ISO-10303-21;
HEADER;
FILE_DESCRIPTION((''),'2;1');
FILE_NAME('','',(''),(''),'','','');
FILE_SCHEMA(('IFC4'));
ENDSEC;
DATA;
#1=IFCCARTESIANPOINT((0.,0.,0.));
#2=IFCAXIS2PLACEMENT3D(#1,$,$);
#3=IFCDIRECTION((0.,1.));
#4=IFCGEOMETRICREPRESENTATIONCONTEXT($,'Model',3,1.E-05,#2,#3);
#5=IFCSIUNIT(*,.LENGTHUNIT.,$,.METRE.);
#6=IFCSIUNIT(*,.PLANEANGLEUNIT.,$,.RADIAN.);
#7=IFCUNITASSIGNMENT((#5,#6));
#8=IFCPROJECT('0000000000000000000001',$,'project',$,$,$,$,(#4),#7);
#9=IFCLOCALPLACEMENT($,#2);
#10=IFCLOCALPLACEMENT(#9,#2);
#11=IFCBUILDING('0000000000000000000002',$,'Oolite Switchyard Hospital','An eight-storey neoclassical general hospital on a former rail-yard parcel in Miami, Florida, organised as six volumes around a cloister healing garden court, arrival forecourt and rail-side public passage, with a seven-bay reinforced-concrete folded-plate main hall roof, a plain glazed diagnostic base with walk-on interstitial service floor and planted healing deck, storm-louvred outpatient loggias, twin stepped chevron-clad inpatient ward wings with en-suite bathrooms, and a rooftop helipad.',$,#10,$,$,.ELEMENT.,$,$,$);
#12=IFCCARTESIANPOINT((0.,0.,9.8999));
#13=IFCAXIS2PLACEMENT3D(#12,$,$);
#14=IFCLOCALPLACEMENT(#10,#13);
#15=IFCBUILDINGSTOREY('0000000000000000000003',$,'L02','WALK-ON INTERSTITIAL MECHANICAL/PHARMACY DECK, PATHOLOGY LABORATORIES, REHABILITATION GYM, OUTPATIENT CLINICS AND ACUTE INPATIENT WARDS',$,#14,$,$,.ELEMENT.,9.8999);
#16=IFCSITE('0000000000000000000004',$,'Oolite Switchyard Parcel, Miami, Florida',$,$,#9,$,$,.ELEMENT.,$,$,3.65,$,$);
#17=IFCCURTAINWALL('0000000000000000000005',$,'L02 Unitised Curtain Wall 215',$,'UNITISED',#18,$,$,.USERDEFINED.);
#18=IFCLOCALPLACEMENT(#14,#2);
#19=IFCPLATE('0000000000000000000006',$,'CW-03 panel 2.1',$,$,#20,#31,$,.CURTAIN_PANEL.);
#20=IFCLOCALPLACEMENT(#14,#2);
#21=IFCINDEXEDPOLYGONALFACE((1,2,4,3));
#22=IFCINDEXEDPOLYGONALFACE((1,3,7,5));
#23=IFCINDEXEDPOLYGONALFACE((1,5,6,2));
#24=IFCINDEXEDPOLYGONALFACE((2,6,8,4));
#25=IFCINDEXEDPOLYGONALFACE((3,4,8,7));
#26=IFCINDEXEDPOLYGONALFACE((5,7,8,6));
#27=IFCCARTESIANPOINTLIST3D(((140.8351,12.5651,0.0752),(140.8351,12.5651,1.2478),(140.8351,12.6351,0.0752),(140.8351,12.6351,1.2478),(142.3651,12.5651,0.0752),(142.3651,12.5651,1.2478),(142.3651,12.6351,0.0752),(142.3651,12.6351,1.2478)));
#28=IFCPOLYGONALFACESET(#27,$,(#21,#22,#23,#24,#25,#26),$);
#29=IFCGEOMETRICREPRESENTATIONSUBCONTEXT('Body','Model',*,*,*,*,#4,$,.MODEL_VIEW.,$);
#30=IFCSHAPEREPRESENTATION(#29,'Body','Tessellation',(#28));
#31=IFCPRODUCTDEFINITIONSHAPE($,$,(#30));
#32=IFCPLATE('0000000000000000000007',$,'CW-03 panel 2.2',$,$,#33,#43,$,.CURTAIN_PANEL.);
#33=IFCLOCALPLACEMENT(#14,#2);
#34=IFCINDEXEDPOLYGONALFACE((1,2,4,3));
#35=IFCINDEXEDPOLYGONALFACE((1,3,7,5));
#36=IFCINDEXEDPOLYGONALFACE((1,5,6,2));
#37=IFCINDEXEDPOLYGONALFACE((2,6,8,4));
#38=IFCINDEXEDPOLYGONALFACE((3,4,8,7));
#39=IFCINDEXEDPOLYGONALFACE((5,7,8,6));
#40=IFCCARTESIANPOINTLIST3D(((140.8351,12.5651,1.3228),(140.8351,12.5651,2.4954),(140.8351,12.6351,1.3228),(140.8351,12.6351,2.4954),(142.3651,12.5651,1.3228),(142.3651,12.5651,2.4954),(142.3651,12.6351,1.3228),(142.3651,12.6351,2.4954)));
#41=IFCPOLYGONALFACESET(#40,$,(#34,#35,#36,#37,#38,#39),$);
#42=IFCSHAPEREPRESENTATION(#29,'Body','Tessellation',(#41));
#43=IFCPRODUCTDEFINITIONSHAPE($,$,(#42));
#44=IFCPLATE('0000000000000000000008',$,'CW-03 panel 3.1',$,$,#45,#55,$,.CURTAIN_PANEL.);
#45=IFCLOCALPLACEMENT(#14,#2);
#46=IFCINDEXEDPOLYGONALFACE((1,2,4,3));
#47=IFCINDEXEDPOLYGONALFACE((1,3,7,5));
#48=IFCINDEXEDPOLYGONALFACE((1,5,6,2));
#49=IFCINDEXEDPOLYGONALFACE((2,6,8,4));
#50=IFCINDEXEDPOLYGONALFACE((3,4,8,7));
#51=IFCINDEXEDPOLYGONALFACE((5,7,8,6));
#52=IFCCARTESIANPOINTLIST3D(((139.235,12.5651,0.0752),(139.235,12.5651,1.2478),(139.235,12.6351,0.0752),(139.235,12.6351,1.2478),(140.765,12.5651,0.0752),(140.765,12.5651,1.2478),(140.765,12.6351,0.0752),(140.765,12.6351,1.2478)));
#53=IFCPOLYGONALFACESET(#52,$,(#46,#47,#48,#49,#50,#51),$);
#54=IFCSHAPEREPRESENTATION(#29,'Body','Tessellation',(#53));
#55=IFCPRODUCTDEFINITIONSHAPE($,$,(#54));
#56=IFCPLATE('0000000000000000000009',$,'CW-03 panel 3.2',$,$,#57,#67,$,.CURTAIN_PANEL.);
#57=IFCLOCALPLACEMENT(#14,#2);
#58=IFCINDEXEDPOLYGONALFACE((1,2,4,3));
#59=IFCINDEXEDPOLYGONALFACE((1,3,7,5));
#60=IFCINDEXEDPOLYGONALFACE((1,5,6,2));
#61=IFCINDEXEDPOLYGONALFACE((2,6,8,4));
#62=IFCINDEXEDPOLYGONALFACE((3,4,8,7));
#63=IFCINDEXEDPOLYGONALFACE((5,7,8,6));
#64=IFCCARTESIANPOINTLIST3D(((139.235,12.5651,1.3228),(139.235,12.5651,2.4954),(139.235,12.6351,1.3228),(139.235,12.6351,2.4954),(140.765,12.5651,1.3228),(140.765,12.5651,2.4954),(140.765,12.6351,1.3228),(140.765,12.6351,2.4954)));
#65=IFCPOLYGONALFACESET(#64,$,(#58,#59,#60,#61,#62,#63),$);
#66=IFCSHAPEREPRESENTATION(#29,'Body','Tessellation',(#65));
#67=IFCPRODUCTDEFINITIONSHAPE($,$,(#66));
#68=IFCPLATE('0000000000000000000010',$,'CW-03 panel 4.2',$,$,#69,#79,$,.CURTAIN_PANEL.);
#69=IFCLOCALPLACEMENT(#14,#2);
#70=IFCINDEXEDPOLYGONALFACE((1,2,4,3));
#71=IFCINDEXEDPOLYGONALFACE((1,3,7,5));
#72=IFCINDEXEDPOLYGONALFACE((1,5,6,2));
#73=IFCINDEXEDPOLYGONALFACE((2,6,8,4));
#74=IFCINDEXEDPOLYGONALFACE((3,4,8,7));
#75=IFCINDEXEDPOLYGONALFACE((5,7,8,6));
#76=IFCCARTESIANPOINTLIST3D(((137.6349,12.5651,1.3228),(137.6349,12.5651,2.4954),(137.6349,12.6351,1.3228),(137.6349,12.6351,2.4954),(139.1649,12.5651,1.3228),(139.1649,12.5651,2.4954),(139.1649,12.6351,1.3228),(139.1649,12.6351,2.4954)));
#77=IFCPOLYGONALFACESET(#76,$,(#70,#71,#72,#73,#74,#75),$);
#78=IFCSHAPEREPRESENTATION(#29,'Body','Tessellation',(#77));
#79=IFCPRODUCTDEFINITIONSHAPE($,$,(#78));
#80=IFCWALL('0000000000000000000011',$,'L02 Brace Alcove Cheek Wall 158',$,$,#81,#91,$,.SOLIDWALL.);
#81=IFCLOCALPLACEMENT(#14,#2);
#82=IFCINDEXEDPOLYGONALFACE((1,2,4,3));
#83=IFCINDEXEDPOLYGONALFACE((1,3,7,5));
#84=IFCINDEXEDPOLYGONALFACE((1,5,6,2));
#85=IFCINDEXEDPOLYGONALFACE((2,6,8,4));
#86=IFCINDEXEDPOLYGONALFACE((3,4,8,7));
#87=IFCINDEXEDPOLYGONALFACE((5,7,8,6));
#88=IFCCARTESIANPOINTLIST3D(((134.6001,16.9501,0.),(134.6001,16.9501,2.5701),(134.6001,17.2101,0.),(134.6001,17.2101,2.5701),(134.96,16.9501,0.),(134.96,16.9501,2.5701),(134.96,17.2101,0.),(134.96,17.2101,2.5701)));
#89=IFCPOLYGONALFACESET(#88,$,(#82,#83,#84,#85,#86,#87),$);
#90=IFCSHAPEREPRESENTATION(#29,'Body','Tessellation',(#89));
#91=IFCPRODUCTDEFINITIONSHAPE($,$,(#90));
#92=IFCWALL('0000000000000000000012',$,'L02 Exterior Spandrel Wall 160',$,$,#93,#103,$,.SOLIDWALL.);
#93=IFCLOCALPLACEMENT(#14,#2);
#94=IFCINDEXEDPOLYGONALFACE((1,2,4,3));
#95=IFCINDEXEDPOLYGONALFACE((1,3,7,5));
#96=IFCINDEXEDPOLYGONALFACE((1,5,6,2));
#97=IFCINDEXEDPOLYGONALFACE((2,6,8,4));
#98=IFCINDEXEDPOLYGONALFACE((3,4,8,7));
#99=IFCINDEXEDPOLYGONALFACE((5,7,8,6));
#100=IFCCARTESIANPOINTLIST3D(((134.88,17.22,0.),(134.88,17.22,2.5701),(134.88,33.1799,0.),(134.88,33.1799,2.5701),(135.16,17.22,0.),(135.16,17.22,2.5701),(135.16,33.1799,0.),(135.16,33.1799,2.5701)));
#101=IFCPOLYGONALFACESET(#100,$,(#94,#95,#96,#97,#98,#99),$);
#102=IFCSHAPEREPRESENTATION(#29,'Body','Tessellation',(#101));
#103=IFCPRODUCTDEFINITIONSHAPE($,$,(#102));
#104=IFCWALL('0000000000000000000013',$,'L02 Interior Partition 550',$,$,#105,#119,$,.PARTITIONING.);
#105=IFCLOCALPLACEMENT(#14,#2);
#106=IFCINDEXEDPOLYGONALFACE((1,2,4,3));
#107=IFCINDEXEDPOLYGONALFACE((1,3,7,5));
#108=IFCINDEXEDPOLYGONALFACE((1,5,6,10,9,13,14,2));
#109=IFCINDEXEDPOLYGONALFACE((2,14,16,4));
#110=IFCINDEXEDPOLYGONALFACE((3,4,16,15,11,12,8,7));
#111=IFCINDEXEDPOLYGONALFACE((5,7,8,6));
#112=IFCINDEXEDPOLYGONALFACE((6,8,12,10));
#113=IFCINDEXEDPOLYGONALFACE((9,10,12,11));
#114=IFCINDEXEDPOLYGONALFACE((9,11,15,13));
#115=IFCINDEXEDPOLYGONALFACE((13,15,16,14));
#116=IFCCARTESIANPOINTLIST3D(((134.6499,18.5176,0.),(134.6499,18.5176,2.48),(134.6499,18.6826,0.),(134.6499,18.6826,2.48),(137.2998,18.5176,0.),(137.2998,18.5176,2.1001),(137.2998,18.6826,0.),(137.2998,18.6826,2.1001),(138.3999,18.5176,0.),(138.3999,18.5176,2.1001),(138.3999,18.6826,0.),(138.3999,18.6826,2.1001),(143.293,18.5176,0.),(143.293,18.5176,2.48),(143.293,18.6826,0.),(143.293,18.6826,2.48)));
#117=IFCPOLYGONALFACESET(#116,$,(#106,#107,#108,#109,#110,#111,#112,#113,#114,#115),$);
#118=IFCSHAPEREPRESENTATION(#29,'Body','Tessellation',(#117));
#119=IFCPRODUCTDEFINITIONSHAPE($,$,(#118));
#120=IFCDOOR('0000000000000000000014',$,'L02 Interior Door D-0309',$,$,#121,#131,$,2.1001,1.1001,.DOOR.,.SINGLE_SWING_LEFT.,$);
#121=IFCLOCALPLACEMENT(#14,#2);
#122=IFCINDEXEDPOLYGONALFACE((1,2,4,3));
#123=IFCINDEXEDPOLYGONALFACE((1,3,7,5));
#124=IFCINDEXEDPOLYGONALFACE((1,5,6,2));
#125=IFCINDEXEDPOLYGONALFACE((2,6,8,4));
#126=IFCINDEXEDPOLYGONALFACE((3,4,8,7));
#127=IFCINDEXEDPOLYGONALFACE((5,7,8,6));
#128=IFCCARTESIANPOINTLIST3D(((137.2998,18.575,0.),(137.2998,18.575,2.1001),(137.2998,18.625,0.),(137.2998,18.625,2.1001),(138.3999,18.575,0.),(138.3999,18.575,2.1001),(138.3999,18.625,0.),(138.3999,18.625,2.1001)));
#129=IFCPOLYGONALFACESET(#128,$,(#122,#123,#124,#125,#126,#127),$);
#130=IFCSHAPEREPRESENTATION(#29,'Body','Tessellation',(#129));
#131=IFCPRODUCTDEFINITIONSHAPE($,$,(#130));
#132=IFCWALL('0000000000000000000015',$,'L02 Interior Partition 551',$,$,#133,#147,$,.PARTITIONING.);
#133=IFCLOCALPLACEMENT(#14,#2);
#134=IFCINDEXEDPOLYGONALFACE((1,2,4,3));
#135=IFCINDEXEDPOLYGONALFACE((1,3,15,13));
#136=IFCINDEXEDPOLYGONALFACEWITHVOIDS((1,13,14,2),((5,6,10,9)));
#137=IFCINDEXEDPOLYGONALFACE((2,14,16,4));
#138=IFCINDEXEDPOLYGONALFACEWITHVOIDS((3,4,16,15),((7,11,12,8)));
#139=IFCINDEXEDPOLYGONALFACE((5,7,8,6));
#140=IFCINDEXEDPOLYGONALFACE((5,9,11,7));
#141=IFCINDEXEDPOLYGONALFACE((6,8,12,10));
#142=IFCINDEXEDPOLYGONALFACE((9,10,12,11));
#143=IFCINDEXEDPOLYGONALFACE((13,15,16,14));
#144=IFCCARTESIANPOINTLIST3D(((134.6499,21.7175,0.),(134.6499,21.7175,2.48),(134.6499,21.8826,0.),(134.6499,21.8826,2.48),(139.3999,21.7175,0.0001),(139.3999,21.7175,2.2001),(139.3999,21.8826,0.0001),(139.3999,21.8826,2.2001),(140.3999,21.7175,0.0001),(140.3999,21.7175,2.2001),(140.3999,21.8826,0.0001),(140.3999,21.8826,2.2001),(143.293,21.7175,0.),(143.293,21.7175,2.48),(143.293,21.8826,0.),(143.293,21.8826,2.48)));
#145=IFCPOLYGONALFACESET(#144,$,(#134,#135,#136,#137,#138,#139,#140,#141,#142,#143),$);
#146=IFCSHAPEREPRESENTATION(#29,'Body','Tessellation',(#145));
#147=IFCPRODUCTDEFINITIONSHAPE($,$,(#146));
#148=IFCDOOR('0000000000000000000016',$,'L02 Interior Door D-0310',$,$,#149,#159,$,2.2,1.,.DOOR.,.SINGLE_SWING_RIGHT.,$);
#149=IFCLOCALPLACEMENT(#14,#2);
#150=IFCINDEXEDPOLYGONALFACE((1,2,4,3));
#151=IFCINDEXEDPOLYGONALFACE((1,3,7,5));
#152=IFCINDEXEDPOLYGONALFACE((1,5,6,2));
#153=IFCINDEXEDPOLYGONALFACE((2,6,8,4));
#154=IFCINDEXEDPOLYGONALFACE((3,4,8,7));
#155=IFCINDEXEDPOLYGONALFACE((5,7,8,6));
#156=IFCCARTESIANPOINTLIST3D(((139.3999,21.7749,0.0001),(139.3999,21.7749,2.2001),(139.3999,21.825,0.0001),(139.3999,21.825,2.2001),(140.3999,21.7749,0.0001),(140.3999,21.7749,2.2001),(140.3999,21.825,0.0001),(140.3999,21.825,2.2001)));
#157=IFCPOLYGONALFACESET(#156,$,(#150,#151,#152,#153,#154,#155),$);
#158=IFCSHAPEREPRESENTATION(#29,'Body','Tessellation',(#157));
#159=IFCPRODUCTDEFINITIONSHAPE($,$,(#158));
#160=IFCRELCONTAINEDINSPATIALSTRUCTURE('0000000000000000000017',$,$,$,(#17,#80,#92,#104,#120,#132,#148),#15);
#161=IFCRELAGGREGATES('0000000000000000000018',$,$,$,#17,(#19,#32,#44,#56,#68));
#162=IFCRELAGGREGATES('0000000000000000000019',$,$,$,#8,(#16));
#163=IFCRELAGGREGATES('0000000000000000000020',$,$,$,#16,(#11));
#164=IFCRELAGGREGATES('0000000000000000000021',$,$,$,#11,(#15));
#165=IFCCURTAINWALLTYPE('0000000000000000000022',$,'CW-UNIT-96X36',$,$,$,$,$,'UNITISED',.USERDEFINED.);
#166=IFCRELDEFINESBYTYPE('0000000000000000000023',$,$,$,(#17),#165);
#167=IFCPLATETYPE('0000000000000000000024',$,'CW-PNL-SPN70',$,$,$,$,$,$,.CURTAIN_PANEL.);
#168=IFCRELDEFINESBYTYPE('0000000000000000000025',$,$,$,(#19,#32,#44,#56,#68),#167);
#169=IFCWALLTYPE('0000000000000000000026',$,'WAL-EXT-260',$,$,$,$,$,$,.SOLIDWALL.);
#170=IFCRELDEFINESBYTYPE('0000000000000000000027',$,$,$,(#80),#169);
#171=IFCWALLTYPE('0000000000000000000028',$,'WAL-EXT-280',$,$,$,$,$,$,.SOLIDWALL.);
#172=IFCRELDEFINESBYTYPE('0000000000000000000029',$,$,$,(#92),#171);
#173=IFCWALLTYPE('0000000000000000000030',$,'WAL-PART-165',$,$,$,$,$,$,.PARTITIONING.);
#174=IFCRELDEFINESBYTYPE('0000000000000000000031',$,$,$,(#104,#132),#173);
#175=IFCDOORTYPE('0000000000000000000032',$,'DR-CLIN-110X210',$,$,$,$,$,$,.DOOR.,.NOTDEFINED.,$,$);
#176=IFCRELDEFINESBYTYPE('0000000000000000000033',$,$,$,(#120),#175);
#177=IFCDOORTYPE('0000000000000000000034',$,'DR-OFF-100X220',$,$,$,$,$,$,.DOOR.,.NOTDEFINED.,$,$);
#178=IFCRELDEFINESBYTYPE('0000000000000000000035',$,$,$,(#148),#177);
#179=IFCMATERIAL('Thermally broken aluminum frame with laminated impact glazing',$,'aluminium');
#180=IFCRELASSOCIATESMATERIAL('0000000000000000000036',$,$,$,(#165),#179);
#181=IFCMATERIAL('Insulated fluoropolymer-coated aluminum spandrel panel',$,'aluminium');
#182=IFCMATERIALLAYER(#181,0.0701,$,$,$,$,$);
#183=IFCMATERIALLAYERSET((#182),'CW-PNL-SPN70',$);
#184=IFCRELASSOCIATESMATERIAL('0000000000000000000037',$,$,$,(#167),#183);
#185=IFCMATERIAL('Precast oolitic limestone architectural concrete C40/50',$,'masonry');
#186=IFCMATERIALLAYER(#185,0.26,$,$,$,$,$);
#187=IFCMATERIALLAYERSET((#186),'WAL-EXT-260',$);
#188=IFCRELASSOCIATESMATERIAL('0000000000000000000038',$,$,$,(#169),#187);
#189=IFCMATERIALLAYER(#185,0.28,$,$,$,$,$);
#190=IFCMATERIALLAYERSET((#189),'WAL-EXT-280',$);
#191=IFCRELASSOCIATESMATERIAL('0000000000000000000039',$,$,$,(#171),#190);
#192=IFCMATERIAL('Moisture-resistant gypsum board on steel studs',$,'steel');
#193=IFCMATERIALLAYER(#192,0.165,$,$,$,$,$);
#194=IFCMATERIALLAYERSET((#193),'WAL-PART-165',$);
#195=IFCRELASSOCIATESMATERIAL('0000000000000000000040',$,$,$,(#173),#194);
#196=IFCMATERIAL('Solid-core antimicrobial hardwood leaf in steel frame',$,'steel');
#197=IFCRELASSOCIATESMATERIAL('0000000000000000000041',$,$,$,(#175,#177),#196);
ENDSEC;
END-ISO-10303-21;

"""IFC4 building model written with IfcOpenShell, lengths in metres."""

from ifc_helpers import new_model, si_unit, direction, frame, frame_2d, origin, origin_2d, place, context, subcontext, project, spatial, rectangle, extrude, material, layer, layer_set, type_object, element, fill, aggregate, save


model = new_model("IFC4")

# Units and contexts
model_context = context("Model", 3, precision=1e-05, world=origin(), true_north=direction((0.0, 1.0)))
body_context = subcontext(model_context, "Body", "Model", "MODEL_VIEW")
ifc_project = project(units=[si_unit("LENGTHUNIT", "METRE"), si_unit("PLANEANGLEUNIT", "RADIAN")], contexts=[model_context])

# Site, building, storey
site_placement = place(None, origin())
site = spatial("IfcSite", under=ifc_project, at=site_placement, Name="Oolite Switchyard Parcel, Miami, Florida", CompositionType="ELEMENT", RefElevation=3.65)
building_placement = place(site_placement, origin())
building = spatial("IfcBuilding", under=site, at=building_placement, Name="Oolite Switchyard Hospital", Description="An eight-storey neoclassical general hospital on a former rail-yard parcel in Miami, Florida, organised as six volumes around a cloister healing garden court, arrival forecourt and rail-side public passage, with a seven-bay reinforced-concrete folded-plate main hall roof, a plain glazed diagnostic base with walk-on interstitial service floor and planted healing deck, storm-louvred outpatient loggias, twin stepped chevron-clad inpatient ward wings with en-suite bathrooms, and a rooftop helipad.", CompositionType="ELEMENT")
storey_placement = place(building_placement, frame((0.0, 0.0, 9.8999)))
storey = spatial("IfcBuildingStorey", under=building, at=storey_placement, Name="L02", Description="WALK-ON INTERSTITIAL MECHANICAL/PHARMACY DECK, PATHOLOGY LABORATORIES, REHABILITATION GYM, OUTPATIENT CLINICS AND ACUTE INPATIENT WARDS", CompositionType="ELEMENT", Elevation=9.8999)

# Curtain wall, plates
ifc_material_1 = material(Name="Thermally broken aluminum frame with laminated impact glazing", Category="aluminium")
curtain_wall_type = type_object("IfcCurtainWallType", Name="CW-UNIT-96X36", ElementType="UNITISED", PredefinedType="USERDEFINED", material=ifc_material_1)
curtain_wall_placement = place(storey_placement, origin())
curtain_wall = element("IfcCurtainWall", 1, at=curtain_wall_placement, inside=storey, type_object=curtain_wall_type, Name="L02 Unitised Curtain Wall 215", ObjectType="UNITISED", PredefinedType="USERDEFINED")
ifc_material_2 = material(Name="Insulated fluoropolymer-coated aluminum spandrel panel", Category="aluminium")
ifc_layer_1 = layer(ifc_material_2, 0.0701)
ifc_layer_set_1 = layer_set([ifc_layer_1], Name="CW-PNL-SPN70")
plate_type = type_object("IfcPlateType", Name="CW-PNL-SPN70", PredefinedType="CURTAIN_PANEL", material=ifc_layer_set_1)
plate_1_placement = place(storey_placement, frame((141.6001, 12.6001, 0.0752), z_axis=(0.0, 0.0, 1.0), x_axis=(-1.0, 0.0, 0.0)))
plate_1 = element("IfcPlate", 2, at=plate_1_placement, type_object=plate_type, Name="CW-03 panel 2.1", PredefinedType="CURTAIN_PANEL", context=body_context, shape_type="SweptSolid", body=[
    extrude(rectangle(XDim=1.53, YDim=0.0701, at=origin_2d()), origin(), (0.0, 0.0, 1.0), 1.1726),
])
plate_2_placement = place(storey_placement, frame((141.6001, 12.6001, 1.3228), z_axis=(0.0, 0.0, 1.0), x_axis=(-1.0, 0.0, 0.0)))
plate_2 = element("IfcPlate", 3, at=plate_2_placement, type_object=plate_type, Name="CW-03 panel 2.2", PredefinedType="CURTAIN_PANEL", context=body_context, shape_type="SweptSolid", body=[
    extrude(rectangle(XDim=1.53, YDim=0.0701, at=origin_2d()), origin(), (0.0, 0.0, 1.0), 1.1726),
])
plate_3_placement = place(storey_placement, frame((140.0, 12.6001, 0.0752), z_axis=(0.0, 0.0, 1.0), x_axis=(-1.0, 0.0, 0.0)))
plate_3 = element("IfcPlate", 4, at=plate_3_placement, type_object=plate_type, Name="CW-03 panel 3.1", PredefinedType="CURTAIN_PANEL", context=body_context, shape_type="SweptSolid", body=[
    extrude(rectangle(XDim=1.53, YDim=0.0701, at=origin_2d()), origin(), (0.0, 0.0, 1.0), 1.1726),
])
plate_4_placement = place(storey_placement, frame((140.0, 12.6001, 1.3228), z_axis=(0.0, 0.0, 1.0), x_axis=(-1.0, 0.0, 0.0)))
plate_4 = element("IfcPlate", 5, at=plate_4_placement, type_object=plate_type, Name="CW-03 panel 3.2", PredefinedType="CURTAIN_PANEL", context=body_context, shape_type="SweptSolid", body=[
    extrude(rectangle(XDim=1.53, YDim=0.0701, at=origin_2d()), origin(), (0.0, 0.0, 1.0), 1.1726),
])
plate_5_placement = place(storey_placement, frame((138.3999, 12.6001, 1.3228), z_axis=(0.0, 0.0, 1.0), x_axis=(-1.0, 0.0, 0.0)))
plate_5 = element("IfcPlate", 6, at=plate_5_placement, type_object=plate_type, Name="CW-03 panel 4.2", PredefinedType="CURTAIN_PANEL", context=body_context, shape_type="SweptSolid", body=[
    extrude(rectangle(XDim=1.53, YDim=0.0701, at=origin_2d()), origin(), (0.0, 0.0, 1.0), 1.1726),
])
aggregate(curtain_wall, [plate_1, plate_2, plate_3, plate_4, plate_5])

# Walls
ifc_material_3 = material(Name="Precast oolitic limestone architectural concrete C40/50", Category="masonry")
ifc_layer_2 = layer(ifc_material_3, 0.26)
ifc_layer_set_2 = layer_set([ifc_layer_2], Name="WAL-EXT-260")
wall_type_1 = type_object("IfcWallType", Name="WAL-EXT-260", PredefinedType="SOLIDWALL", material=ifc_layer_set_2)
wall_1_placement = place(storey_placement, frame((134.6001, 17.0801, 0.0), z_axis=(0.0, 0.0, 1.0), x_axis=(1.0, 0.0, 0.0)))
element("IfcWall", 7, at=wall_1_placement, inside=storey, type_object=wall_type_1, Name="L02 Brace Alcove Cheek Wall 158", PredefinedType="SOLIDWALL", context=body_context, shape_type="SweptSolid", body=[
    extrude(rectangle(XDim=0.3599, YDim=0.26, at=frame_2d((0.1799, 0.0))), origin(), (0.0, 0.0, 1.0), 2.5701),
])
ifc_layer_3 = layer(ifc_material_3, 0.28)
ifc_layer_set_3 = layer_set([ifc_layer_3], Name="WAL-EXT-280")
wall_type_2 = type_object("IfcWallType", Name="WAL-EXT-280", PredefinedType="SOLIDWALL", material=ifc_layer_set_3)
wall_2_placement = place(storey_placement, frame((135.02, 17.22, 0.0), z_axis=(0.0, 0.0, 1.0), x_axis=(0.0, 1.0, 0.0)))
element("IfcWall", 8, at=wall_2_placement, inside=storey, type_object=wall_type_2, Name="L02 Exterior Spandrel Wall 160", PredefinedType="SOLIDWALL", context=body_context, shape_type="SweptSolid", body=[
    extrude(rectangle(XDim=15.96, YDim=0.28, at=frame_2d((7.98, 0.0))), origin(), (0.0, 0.0, 1.0), 2.5701),
])

# Walls, openings, doors
ifc_material_4 = material(Name="Moisture-resistant gypsum board on steel studs", Category="steel")
ifc_layer_4 = layer(ifc_material_4, 0.165)
ifc_layer_set_4 = layer_set([ifc_layer_4], Name="WAL-PART-165")
wall_type_3 = type_object("IfcWallType", Name="WAL-PART-165", PredefinedType="PARTITIONING", material=ifc_layer_set_4)
wall_3_placement = place(storey_placement, frame((134.6499, 18.6001, 0.0), z_axis=(0.0, 0.0, 1.0), x_axis=(1.0, 0.0, 0.0)))
wall_3 = element("IfcWall", 9, at=wall_3_placement, inside=storey, type_object=wall_type_3, Name="L02 Interior Partition 550", PredefinedType="PARTITIONING", context=body_context, shape_type="SweptSolid", body=[
    extrude(rectangle(XDim=8.6431, YDim=0.165, at=frame_2d((4.3215, 0.0))), origin(), (0.0, 0.0, 1.0), 2.48),
])
opening_1_placement = place(wall_3_placement, frame((2.6499, 0.0, 0.0)))
opening_1 = element("IfcOpeningElement", 10, at=opening_1_placement, cuts=wall_3, PredefinedType="OPENING", context=body_context, shape_type="SweptSolid", body=[
    extrude(rectangle(XDim=1.1001, YDim=2.1001, at=frame_2d((0.55, 1.05))), frame((0.0, 0.0925, 0.0), z_axis=(0.0, -1.0, 0.0), x_axis=(1.0, 0.0, 0.0)), (0.0, 0.0, 1.0), 0.1851),
])
ifc_material_5 = material(Name="Solid-core antimicrobial hardwood leaf in steel frame", Category="steel")
door_type_1 = type_object("IfcDoorType", Name="DR-CLIN-110X210", OperationType="NOTDEFINED", PredefinedType="DOOR", material=ifc_material_5)
door_1_placement = place(opening_1_placement, origin())
door_1 = element("IfcDoor", 11, at=door_1_placement, inside=storey, type_object=door_type_1, Name="L02 Interior Door D-0309", OperationType="SINGLE_SWING_LEFT", OverallHeight=2.1001, OverallWidth=1.1001, PredefinedType="DOOR", context=body_context, shape_type="SweptSolid", body=[
    extrude(rectangle(XDim=1.1001, YDim=2.1001, at=frame_2d((0.55, 1.05))), frame((0.0, 0.0249, 0.0), z_axis=(0.0, -1.0, 0.0), x_axis=(1.0, 0.0, 0.0)), (0.0, 0.0, 1.0), 0.05),
])
fill(opening_1, door_1)
wall_4_placement = place(storey_placement, frame((134.6499, 21.8, 0.0), z_axis=(0.0, 0.0, 1.0), x_axis=(1.0, 0.0, 0.0)))
wall_4 = element("IfcWall", 12, at=wall_4_placement, inside=storey, type_object=wall_type_3, Name="L02 Interior Partition 551", PredefinedType="PARTITIONING", context=body_context, shape_type="SweptSolid", body=[
    extrude(rectangle(XDim=8.6431, YDim=0.165, at=frame_2d((4.3215, 0.0))), origin(), (0.0, 0.0, 1.0), 2.48),
])
opening_2_placement = place(wall_4_placement, frame((4.75, 0.0, 0.0)))
opening_2 = element("IfcOpeningElement", 13, at=opening_2_placement, cuts=wall_4, PredefinedType="OPENING", context=body_context, shape_type="SweptSolid", body=[
    extrude(rectangle(XDim=1.0, YDim=2.2, at=frame_2d((0.5, 1.1001))), frame((0.0, 0.0925, 0.0), z_axis=(0.0, -1.0, 0.0), x_axis=(1.0, 0.0, 0.0)), (0.0, 0.0, 1.0), 0.1851),
])
door_type_2 = type_object("IfcDoorType", Name="DR-OFF-100X220", OperationType="NOTDEFINED", PredefinedType="DOOR", material=ifc_material_5)
door_2_placement = place(opening_2_placement, origin())
door_2 = element("IfcDoor", 14, at=door_2_placement, inside=storey, type_object=door_type_2, Name="L02 Interior Door D-0310", OperationType="SINGLE_SWING_RIGHT", OverallHeight=2.2, OverallWidth=1.0, PredefinedType="DOOR", context=body_context, shape_type="SweptSolid", body=[
    extrude(rectangle(XDim=1.0, YDim=2.2, at=frame_2d((0.5, 1.1001))), frame((0.0, 0.0249, 0.0), z_axis=(0.0, -1.0, 0.0), x_axis=(1.0, 0.0, 0.0)), (0.0, 0.0, 1.0), 0.05),
])
fill(opening_2, door_2)

save(model, "model.ifc")
